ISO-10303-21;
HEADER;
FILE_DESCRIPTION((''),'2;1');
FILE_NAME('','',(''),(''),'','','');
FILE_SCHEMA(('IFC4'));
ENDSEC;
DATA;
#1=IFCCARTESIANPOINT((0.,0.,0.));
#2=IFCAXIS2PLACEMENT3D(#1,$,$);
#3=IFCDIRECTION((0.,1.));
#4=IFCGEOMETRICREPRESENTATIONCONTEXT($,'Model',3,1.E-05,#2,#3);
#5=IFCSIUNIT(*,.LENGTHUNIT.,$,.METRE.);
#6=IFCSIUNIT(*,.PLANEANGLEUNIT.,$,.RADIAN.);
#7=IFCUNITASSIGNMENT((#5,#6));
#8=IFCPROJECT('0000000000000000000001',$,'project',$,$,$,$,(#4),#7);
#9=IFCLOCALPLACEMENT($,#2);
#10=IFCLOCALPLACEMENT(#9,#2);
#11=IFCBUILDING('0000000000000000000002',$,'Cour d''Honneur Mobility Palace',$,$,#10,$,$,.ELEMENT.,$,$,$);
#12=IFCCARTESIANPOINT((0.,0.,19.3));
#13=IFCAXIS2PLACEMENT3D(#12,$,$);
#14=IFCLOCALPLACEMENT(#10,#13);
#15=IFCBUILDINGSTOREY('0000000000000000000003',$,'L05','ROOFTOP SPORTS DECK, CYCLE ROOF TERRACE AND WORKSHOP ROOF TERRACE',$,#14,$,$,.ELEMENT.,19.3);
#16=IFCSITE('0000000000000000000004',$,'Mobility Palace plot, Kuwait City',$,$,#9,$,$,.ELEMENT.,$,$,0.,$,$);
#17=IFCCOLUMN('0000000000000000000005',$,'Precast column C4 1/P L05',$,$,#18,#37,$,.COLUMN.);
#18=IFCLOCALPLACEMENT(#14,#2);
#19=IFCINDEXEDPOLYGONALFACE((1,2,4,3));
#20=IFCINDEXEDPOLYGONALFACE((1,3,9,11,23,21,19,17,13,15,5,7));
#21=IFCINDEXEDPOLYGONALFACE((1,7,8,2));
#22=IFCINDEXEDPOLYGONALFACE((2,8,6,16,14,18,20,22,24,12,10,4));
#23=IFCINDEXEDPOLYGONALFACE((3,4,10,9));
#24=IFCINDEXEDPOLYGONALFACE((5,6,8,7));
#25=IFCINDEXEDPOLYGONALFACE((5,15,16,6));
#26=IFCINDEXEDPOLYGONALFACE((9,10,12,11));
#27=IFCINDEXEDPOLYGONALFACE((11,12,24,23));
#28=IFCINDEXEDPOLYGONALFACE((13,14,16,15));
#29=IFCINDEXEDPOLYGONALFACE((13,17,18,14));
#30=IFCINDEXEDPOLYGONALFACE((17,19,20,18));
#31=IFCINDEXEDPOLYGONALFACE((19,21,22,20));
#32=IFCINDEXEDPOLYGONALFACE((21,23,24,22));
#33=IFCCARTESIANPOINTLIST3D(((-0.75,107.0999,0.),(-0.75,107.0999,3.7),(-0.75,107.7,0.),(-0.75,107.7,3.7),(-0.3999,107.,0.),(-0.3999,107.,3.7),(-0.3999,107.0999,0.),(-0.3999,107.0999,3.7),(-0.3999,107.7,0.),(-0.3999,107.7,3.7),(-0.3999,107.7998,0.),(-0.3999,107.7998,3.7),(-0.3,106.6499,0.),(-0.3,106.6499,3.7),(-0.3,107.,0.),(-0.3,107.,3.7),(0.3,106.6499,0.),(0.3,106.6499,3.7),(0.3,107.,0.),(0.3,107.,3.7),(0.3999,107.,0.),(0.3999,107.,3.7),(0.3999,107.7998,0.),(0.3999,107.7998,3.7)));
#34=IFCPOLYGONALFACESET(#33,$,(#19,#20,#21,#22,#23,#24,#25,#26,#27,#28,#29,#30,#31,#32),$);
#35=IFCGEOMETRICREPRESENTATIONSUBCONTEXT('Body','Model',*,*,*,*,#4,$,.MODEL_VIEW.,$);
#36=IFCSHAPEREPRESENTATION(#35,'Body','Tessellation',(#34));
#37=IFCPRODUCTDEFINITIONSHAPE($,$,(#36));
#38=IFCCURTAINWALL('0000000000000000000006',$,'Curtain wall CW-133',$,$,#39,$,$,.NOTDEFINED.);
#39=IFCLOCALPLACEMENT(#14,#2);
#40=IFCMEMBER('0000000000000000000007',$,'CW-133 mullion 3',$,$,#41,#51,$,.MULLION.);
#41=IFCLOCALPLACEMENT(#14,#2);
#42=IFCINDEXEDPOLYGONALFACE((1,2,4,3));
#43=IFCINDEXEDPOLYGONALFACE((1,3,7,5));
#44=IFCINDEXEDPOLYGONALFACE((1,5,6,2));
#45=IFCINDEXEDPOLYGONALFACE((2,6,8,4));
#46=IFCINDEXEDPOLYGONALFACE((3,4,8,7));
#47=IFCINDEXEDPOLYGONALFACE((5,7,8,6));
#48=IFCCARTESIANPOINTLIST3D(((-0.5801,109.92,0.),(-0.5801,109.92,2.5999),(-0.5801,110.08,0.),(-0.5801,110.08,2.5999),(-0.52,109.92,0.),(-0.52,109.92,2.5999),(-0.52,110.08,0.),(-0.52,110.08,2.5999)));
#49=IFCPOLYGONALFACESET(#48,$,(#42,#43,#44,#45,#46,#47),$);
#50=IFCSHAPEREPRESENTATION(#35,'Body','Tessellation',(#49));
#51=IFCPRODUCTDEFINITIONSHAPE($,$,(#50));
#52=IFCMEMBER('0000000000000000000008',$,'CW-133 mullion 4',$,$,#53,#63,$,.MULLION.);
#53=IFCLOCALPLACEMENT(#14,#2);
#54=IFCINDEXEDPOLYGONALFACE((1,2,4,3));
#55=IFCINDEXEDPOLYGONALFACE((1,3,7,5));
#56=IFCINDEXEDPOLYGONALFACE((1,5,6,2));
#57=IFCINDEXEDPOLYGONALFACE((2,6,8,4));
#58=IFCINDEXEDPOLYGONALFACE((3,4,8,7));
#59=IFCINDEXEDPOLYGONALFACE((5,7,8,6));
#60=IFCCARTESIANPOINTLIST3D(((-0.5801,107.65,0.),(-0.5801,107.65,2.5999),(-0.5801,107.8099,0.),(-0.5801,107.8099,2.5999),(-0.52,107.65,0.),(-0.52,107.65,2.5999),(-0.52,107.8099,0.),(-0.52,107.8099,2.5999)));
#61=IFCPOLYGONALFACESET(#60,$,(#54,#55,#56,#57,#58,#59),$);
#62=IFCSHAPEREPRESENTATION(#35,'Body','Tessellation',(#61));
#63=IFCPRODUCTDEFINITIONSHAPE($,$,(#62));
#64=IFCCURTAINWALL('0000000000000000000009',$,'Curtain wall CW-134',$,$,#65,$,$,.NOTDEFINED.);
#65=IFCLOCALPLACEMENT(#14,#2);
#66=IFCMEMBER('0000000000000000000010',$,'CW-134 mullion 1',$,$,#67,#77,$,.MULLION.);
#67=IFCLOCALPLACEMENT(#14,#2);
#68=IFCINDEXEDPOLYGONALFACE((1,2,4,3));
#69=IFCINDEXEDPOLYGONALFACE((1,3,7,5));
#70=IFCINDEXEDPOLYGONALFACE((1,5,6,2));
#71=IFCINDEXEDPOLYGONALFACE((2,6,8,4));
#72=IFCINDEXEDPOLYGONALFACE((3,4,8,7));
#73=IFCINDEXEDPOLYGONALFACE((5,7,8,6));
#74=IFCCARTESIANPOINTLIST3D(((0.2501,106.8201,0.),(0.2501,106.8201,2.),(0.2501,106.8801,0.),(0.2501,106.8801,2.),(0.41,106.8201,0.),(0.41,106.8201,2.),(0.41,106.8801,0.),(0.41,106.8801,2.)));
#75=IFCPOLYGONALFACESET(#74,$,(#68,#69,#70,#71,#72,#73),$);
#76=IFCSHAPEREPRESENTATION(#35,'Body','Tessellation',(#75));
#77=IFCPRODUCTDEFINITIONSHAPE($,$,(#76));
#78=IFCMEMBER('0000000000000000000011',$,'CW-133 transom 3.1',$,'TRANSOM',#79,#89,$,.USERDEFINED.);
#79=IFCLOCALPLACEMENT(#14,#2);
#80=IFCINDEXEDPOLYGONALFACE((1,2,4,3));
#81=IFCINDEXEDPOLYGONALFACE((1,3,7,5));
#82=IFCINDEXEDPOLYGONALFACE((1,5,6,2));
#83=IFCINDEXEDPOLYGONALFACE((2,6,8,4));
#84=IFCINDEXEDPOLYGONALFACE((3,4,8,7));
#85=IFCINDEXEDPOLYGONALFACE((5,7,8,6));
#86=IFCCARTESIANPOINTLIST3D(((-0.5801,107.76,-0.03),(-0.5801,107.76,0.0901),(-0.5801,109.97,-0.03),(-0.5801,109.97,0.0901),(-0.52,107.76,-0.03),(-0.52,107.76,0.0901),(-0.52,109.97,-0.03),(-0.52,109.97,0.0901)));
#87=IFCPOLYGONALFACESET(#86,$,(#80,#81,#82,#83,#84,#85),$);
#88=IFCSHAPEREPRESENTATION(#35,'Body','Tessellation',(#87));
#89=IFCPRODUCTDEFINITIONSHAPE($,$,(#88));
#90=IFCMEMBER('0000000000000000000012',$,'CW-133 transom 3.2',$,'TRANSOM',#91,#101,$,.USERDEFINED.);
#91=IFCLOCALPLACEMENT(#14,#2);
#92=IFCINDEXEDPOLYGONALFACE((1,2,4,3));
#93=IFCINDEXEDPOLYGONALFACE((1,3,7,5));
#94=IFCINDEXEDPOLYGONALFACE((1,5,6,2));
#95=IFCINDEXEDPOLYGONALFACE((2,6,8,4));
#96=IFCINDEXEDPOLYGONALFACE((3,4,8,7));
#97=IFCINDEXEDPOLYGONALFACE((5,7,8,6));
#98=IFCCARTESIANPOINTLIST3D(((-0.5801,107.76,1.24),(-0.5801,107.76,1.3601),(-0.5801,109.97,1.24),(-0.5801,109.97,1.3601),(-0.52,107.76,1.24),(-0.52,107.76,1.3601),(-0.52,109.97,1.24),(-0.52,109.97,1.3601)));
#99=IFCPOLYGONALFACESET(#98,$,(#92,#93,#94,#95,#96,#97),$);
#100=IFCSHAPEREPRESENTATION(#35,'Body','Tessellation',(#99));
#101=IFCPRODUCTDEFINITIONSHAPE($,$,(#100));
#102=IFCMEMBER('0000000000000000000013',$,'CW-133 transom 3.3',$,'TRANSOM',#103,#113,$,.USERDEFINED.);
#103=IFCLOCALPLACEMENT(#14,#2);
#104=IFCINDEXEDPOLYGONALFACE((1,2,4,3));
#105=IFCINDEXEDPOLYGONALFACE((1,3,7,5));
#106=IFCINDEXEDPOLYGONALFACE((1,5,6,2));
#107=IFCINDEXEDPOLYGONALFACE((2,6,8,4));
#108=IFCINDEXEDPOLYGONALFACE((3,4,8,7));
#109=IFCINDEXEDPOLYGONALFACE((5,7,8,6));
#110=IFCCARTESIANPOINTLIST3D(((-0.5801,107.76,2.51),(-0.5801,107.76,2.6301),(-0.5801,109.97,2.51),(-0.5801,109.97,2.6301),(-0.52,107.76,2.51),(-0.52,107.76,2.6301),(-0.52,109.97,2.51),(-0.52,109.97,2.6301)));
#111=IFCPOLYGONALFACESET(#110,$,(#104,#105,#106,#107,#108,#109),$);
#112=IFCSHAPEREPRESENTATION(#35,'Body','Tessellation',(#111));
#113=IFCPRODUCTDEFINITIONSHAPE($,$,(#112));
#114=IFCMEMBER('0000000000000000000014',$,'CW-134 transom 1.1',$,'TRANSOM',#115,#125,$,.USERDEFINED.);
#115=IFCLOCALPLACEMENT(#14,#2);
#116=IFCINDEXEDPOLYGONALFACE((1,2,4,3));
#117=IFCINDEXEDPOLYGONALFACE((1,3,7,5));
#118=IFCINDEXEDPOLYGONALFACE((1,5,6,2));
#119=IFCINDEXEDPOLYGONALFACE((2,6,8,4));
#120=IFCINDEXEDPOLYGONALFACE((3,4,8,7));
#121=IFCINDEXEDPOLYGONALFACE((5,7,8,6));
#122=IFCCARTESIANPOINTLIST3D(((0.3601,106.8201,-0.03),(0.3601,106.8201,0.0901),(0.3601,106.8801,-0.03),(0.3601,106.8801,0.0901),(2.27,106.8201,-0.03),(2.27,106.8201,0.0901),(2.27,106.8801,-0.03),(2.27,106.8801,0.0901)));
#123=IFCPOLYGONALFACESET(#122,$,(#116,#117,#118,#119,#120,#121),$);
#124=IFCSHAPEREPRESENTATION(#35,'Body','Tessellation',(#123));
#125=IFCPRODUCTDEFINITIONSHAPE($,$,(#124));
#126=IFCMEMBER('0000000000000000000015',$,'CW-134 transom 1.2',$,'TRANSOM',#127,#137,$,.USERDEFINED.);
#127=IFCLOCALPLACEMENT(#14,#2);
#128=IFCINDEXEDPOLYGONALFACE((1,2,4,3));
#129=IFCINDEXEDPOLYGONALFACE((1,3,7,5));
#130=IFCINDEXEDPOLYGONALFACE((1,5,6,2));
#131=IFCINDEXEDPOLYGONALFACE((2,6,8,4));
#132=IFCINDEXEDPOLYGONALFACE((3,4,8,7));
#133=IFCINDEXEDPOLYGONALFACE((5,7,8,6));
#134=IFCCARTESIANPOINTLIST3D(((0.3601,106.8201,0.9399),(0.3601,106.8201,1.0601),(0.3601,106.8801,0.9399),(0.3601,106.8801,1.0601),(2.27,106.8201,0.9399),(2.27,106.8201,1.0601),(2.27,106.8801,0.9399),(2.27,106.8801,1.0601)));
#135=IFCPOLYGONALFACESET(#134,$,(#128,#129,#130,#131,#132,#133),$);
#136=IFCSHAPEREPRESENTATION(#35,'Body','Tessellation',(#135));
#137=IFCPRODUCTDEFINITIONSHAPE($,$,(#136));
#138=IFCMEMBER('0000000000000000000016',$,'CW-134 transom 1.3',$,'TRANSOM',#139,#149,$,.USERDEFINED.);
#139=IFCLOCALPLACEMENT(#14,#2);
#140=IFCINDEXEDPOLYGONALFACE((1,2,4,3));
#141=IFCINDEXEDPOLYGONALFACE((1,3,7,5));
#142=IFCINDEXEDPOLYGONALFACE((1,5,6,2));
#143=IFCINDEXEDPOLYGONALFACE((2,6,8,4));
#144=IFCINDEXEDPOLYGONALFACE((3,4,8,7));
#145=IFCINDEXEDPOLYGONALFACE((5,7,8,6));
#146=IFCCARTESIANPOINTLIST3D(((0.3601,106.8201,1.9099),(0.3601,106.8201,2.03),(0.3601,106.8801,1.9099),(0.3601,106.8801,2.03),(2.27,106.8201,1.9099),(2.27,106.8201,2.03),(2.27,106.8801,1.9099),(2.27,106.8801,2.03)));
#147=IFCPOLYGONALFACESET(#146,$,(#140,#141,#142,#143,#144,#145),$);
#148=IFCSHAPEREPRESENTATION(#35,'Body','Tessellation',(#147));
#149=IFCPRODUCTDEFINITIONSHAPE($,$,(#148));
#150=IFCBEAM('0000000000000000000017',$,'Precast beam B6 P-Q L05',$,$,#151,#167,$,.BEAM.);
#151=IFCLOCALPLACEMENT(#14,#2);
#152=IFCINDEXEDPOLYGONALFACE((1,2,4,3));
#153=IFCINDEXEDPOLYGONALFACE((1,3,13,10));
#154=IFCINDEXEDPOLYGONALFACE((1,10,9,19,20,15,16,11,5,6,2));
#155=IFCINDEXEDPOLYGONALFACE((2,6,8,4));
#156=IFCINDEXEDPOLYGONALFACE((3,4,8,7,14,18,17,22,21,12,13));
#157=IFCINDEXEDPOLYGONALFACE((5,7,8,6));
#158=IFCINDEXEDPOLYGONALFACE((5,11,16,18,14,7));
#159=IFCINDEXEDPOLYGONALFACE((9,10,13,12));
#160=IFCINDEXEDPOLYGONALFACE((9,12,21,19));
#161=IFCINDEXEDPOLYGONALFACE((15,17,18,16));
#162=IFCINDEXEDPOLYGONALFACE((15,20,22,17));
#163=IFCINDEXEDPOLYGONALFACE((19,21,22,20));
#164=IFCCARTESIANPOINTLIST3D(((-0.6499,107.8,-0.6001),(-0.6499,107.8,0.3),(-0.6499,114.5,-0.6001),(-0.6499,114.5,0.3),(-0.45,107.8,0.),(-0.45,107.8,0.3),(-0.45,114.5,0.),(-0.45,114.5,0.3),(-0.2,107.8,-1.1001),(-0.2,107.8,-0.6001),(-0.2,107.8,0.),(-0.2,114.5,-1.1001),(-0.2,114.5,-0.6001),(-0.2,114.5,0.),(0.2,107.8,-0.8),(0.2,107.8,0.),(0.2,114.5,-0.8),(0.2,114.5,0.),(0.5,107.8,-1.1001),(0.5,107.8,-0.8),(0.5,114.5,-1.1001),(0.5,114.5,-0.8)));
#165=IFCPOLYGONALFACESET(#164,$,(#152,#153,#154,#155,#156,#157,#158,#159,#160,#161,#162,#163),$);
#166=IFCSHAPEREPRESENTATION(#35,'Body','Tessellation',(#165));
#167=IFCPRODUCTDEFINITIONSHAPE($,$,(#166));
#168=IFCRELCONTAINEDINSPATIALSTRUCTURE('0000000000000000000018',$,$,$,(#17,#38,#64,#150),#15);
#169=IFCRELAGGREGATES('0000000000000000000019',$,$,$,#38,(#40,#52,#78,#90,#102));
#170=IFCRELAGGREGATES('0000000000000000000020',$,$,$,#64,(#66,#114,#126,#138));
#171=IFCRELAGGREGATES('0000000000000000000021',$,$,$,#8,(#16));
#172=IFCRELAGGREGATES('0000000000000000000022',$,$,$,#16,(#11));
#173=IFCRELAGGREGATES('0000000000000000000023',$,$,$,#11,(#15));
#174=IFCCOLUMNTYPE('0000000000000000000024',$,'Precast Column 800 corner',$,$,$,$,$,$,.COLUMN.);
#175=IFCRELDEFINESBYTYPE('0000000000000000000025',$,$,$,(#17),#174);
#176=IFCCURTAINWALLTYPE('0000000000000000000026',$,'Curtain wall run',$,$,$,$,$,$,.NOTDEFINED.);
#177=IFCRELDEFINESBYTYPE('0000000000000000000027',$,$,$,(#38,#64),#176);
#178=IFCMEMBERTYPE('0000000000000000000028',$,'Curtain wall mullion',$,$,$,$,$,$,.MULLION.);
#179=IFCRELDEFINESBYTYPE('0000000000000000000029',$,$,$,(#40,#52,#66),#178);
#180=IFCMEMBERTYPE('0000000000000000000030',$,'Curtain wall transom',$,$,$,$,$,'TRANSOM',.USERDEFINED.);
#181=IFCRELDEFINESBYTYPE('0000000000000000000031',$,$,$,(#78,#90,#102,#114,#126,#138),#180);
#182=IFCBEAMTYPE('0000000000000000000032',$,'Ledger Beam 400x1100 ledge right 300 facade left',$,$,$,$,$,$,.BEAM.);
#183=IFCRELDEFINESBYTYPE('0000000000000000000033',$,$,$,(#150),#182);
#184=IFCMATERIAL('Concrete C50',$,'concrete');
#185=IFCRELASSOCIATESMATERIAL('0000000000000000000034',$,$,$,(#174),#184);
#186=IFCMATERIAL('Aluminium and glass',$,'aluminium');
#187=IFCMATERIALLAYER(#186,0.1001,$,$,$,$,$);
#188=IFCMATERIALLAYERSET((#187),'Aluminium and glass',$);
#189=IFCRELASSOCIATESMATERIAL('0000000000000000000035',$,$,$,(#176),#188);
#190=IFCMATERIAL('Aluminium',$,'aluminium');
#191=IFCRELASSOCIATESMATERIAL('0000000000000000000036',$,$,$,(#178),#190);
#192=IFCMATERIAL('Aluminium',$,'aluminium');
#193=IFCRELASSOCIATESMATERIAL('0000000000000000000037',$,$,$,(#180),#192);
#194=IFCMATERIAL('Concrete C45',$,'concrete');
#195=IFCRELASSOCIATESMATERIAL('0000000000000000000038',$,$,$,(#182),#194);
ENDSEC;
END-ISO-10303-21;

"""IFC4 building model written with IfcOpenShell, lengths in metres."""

from ifc_helpers import new_model, si_unit, direction, frame, origin, origin_2d, place, context, subcontext, project, spatial, polyline, rectangle, outline, extrude, material, layer, layer_set, material_profile, profile_set, type_object, element, aggregate, save


model = new_model("IFC4")

# Units and contexts
model_context = context("Model", 3, precision=1e-05, world=origin(), true_north=direction((0.0, 1.0)))
body_context = subcontext(model_context, "Body", "Model", "MODEL_VIEW")
ifc_project = project(units=[si_unit("LENGTHUNIT", "METRE"), si_unit("PLANEANGLEUNIT", "RADIAN")], contexts=[model_context])

# Site, building, storey
site_placement = place(None, origin())
site = spatial("IfcSite", under=ifc_project, at=site_placement, Name="Mobility Palace plot, Kuwait City", CompositionType="ELEMENT", RefElevation=0.0)
building_placement = place(site_placement, origin())
building = spatial("IfcBuilding", under=site, at=building_placement, Name="Cour d'Honneur Mobility Palace", CompositionType="ELEMENT")
storey_placement = place(building_placement, frame((0.0, 0.0, 19.3)))
storey = spatial("IfcBuildingStorey", under=building, at=storey_placement, Name="L05", Description="ROOFTOP SPORTS DECK, CYCLE ROOF TERRACE AND WORKSHOP ROOF TERRACE", CompositionType="ELEMENT", Elevation=19.3)

# Column
ifc_material_1 = material(Name="Concrete C50", Category="concrete")
ifc_material_profile_1 = material_profile(ifc_material_1, outline(polyline([(-0.3999, -0.3999), (0.3999, -0.3999), (0.3999, -0.3), (0.75, -0.3), (0.75, 0.3), (0.3999, 0.3), (0.3999, 0.3999), (0.3, 0.3999), (0.3, 0.75), (-0.3, 0.75), (-0.3, 0.3999), (-0.3999, 0.3999), (-0.3999, -0.3999)])), Name="PC C800 corner")
ifc_profile_set_1 = profile_set([ifc_material_profile_1], Name="Concrete C50")
column_type = type_object("IfcColumnType", Name="Precast Column 800 corner", PredefinedType="COLUMN", material=ifc_profile_set_1)
column_placement = place(storey_placement, frame((0.0, 107.3999, 0.0), z_axis=(0.0, 0.0, 1.0), x_axis=(-1.0, 0.0, 0.0)))
element("IfcColumn", 1, at=column_placement, inside=storey, type_object=column_type, Name="Precast column C4 1/P L05", PredefinedType="COLUMN", context=body_context, shape_type="SweptSolid", body=[
    extrude(outline(polyline([(-0.3999, -0.3999), (0.3999, -0.3999), (0.3999, -0.3), (0.75, -0.3), (0.75, 0.3), (0.3999, 0.3), (0.3999, 0.3999), (0.3, 0.3999), (0.3, 0.75), (-0.3, 0.75), (-0.3, 0.3999), (-0.3999, 0.3999), (-0.3999, -0.3999)])), origin(), (0.0, 0.0, 1.0), 3.7),
])

# Curtain wall, members
ifc_material_2 = material(Name="Aluminium and glass", Category="aluminium")
ifc_layer_1 = layer(ifc_material_2, 0.1001)
ifc_layer_set_1 = layer_set([ifc_layer_1], Name="Aluminium and glass")
curtain_wall_type = type_object("IfcCurtainWallType", Name="Curtain wall run", PredefinedType="NOTDEFINED", material=ifc_layer_set_1)
curtain_wall_1_placement = place(storey_placement, origin())
curtain_wall_1 = element("IfcCurtainWall", 2, at=curtain_wall_1_placement, inside=storey, type_object=curtain_wall_type, Name="Curtain wall CW-133", PredefinedType="NOTDEFINED")
ifc_material_3 = material(Name="Aluminium", Category="aluminium")
ifc_material_profile_2 = material_profile(ifc_material_3, rectangle(XDim=0.0601, YDim=0.1599, at=origin_2d()), Name="Curtain wall mullion")
ifc_profile_set_2 = profile_set([ifc_material_profile_2], Name="Aluminium")
member_type_1 = type_object("IfcMemberType", Name="Curtain wall mullion", PredefinedType="MULLION", material=ifc_profile_set_2)
member_1_placement = place(storey_placement, frame((-0.55, 110.0, 0.0), z_axis=(0.0, 0.0, 1.0), x_axis=(1.0, 0.0, 0.0)))
member_1 = element("IfcMember", 3, at=member_1_placement, type_object=member_type_1, Name="CW-133 mullion 3", PredefinedType="MULLION", context=body_context, shape_type="SweptSolid", body=[
    extrude(rectangle(XDim=0.0601, YDim=0.1599, at=origin_2d()), origin(), (0.0, 0.0, 1.0), 2.5999),
])
member_2_placement = place(storey_placement, frame((-0.55, 107.73, 0.0), z_axis=(0.0, 0.0, 1.0), x_axis=(1.0, 0.0, 0.0)))
member_2 = element("IfcMember", 4, at=member_2_placement, type_object=member_type_1, Name="CW-133 mullion 4", PredefinedType="MULLION", context=body_context, shape_type="SweptSolid", body=[
    extrude(rectangle(XDim=0.0601, YDim=0.1599, at=origin_2d()), origin(), (0.0, 0.0, 1.0), 2.5999),
])

# Curtain wall, member
curtain_wall_2_placement = place(storey_placement, origin())
curtain_wall_2 = element("IfcCurtainWall", 5, at=curtain_wall_2_placement, inside=storey, type_object=curtain_wall_type, Name="Curtain wall CW-134", PredefinedType="NOTDEFINED")
member_3_placement = place(storey_placement, frame((0.3301, 106.8501, 0.0), z_axis=(0.0, 0.0, 1.0), x_axis=(0.0, 1.0, 0.0)))
member_3 = element("IfcMember", 6, at=member_3_placement, type_object=member_type_1, Name="CW-134 mullion 1", PredefinedType="MULLION", context=body_context, shape_type="SweptSolid", body=[
    extrude(rectangle(XDim=0.0601, YDim=0.1599, at=origin_2d()), origin(), (0.0, 0.0, 1.0), 2.0),
])

# Members
ifc_material_4 = material(Name="Aluminium", Category="aluminium")
ifc_material_profile_3 = material_profile(ifc_material_4, rectangle(XDim=0.0601, YDim=0.1201, at=origin_2d()), Name="Curtain wall transom")
ifc_profile_set_3 = profile_set([ifc_material_profile_3], Name="Aluminium")
member_type_2 = type_object("IfcMemberType", Name="Curtain wall transom", ElementType="TRANSOM", PredefinedType="USERDEFINED", material=ifc_profile_set_3)
member_4_placement = place(storey_placement, frame((-0.55, 109.97, 0.03), z_axis=(0.0, -1.0, 0.0), x_axis=(1.0, 0.0, 0.0)))
member_4 = element("IfcMember", 7, at=member_4_placement, type_object=member_type_2, Name="CW-133 transom 3.1", ObjectType="TRANSOM", PredefinedType="USERDEFINED", context=body_context, shape_type="SweptSolid", body=[
    extrude(rectangle(XDim=0.0601, YDim=0.1201, at=origin_2d()), origin(), (0.0, 0.0, 1.0), 2.21),
])
member_5_placement = place(storey_placement, frame((-0.55, 109.97, 1.3), z_axis=(0.0, -1.0, 0.0), x_axis=(1.0, 0.0, 0.0)))
member_5 = element("IfcMember", 8, at=member_5_placement, type_object=member_type_2, Name="CW-133 transom 3.2", ObjectType="TRANSOM", PredefinedType="USERDEFINED", context=body_context, shape_type="SweptSolid", body=[
    extrude(rectangle(XDim=0.0601, YDim=0.1201, at=origin_2d()), origin(), (0.0, 0.0, 1.0), 2.21),
])
member_6_placement = place(storey_placement, frame((-0.55, 109.97, 2.5701), z_axis=(0.0, -1.0, 0.0), x_axis=(1.0, 0.0, 0.0)))
member_6 = element("IfcMember", 9, at=member_6_placement, type_object=member_type_2, Name="CW-133 transom 3.3", ObjectType="TRANSOM", PredefinedType="USERDEFINED", context=body_context, shape_type="SweptSolid", body=[
    extrude(rectangle(XDim=0.0601, YDim=0.1201, at=origin_2d()), origin(), (0.0, 0.0, 1.0), 2.21),
])
member_7_placement = place(storey_placement, frame((0.3601, 106.8501, 0.03), z_axis=(1.0, 0.0, 0.0), x_axis=(0.0, 1.0, 0.0)))
member_7 = element("IfcMember", 10, at=member_7_placement, type_object=member_type_2, Name="CW-134 transom 1.1", ObjectType="TRANSOM", PredefinedType="USERDEFINED", context=body_context, shape_type="SweptSolid", body=[
    extrude(rectangle(XDim=0.0601, YDim=0.1201, at=origin_2d()), origin(), (0.0, 0.0, 1.0), 1.9099),
])
member_8_placement = place(storey_placement, frame((0.3601, 106.8501, 1.0), z_axis=(1.0, 0.0, 0.0), x_axis=(0.0, 1.0, 0.0)))
member_8 = element("IfcMember", 11, at=member_8_placement, type_object=member_type_2, Name="CW-134 transom 1.2", ObjectType="TRANSOM", PredefinedType="USERDEFINED", context=body_context, shape_type="SweptSolid", body=[
    extrude(rectangle(XDim=0.0601, YDim=0.1201, at=origin_2d()), origin(), (0.0, 0.0, 1.0), 1.9099),
])
member_9_placement = place(storey_placement, frame((0.3601, 106.8501, 1.97), z_axis=(1.0, 0.0, 0.0), x_axis=(0.0, 1.0, 0.0)))
member_9 = element("IfcMember", 12, at=member_9_placement, type_object=member_type_2, Name="CW-134 transom 1.3", ObjectType="TRANSOM", PredefinedType="USERDEFINED", context=body_context, shape_type="SweptSolid", body=[
    extrude(rectangle(XDim=0.0601, YDim=0.1201, at=origin_2d()), origin(), (0.0, 0.0, 1.0), 1.9099),
])

# Beam
ifc_material_5 = material(Name="Concrete C45", Category="concrete")
ifc_material_profile_4 = material_profile(ifc_material_5, outline(polyline([(0.2, -1.1001), (0.2, -0.6001), (0.6499, -0.6001), (0.6499, 0.3), (0.45, 0.3), (0.45, 0.0), (0.2, 0.0), (-0.2, 0.0), (-0.2, -0.8), (-0.5, -0.8), (-0.5, -1.1001), (0.2, -1.1001)])), Name="Ledger Beam 400x1100 ledge right 300 facade left")
ifc_profile_set_4 = profile_set([ifc_material_profile_4], Name="Concrete C45")
beam_type_1 = type_object("IfcBeamType", Name="Ledger Beam 400x1100 ledge right 300 facade left", PredefinedType="BEAM", material=ifc_profile_set_4)
beam_1_placement = place(storey_placement, frame((0.0, 107.8, 0.0), z_axis=(0.0, 1.0, 0.0), x_axis=(-1.0, 0.0, 0.0)))
element("IfcBeam", 13, at=beam_1_placement, inside=storey, type_object=beam_type_1, Name="Precast beam B6 P-Q L05", PredefinedType="BEAM", context=body_context, shape_type="SweptSolid", body=[
    extrude(outline(polyline([(0.2, -1.1001), (0.2, -0.6001), (0.6499, -0.6001), (0.6499, 0.3), (0.45, 0.3), (0.45, 0.0), (0.2, 0.0), (-0.2, 0.0), (-0.2, -0.8), (-0.5, -0.8), (-0.5, -1.1001), (0.2, -1.1001)])), origin(), (0.0, 0.0, 1.0), 6.7),
])

aggregate(curtain_wall_1, [member_1, member_2, member_4, member_5, member_6])
aggregate(curtain_wall_2, [member_3, member_7, member_8, member_9])

save(model, "model.ifc")
